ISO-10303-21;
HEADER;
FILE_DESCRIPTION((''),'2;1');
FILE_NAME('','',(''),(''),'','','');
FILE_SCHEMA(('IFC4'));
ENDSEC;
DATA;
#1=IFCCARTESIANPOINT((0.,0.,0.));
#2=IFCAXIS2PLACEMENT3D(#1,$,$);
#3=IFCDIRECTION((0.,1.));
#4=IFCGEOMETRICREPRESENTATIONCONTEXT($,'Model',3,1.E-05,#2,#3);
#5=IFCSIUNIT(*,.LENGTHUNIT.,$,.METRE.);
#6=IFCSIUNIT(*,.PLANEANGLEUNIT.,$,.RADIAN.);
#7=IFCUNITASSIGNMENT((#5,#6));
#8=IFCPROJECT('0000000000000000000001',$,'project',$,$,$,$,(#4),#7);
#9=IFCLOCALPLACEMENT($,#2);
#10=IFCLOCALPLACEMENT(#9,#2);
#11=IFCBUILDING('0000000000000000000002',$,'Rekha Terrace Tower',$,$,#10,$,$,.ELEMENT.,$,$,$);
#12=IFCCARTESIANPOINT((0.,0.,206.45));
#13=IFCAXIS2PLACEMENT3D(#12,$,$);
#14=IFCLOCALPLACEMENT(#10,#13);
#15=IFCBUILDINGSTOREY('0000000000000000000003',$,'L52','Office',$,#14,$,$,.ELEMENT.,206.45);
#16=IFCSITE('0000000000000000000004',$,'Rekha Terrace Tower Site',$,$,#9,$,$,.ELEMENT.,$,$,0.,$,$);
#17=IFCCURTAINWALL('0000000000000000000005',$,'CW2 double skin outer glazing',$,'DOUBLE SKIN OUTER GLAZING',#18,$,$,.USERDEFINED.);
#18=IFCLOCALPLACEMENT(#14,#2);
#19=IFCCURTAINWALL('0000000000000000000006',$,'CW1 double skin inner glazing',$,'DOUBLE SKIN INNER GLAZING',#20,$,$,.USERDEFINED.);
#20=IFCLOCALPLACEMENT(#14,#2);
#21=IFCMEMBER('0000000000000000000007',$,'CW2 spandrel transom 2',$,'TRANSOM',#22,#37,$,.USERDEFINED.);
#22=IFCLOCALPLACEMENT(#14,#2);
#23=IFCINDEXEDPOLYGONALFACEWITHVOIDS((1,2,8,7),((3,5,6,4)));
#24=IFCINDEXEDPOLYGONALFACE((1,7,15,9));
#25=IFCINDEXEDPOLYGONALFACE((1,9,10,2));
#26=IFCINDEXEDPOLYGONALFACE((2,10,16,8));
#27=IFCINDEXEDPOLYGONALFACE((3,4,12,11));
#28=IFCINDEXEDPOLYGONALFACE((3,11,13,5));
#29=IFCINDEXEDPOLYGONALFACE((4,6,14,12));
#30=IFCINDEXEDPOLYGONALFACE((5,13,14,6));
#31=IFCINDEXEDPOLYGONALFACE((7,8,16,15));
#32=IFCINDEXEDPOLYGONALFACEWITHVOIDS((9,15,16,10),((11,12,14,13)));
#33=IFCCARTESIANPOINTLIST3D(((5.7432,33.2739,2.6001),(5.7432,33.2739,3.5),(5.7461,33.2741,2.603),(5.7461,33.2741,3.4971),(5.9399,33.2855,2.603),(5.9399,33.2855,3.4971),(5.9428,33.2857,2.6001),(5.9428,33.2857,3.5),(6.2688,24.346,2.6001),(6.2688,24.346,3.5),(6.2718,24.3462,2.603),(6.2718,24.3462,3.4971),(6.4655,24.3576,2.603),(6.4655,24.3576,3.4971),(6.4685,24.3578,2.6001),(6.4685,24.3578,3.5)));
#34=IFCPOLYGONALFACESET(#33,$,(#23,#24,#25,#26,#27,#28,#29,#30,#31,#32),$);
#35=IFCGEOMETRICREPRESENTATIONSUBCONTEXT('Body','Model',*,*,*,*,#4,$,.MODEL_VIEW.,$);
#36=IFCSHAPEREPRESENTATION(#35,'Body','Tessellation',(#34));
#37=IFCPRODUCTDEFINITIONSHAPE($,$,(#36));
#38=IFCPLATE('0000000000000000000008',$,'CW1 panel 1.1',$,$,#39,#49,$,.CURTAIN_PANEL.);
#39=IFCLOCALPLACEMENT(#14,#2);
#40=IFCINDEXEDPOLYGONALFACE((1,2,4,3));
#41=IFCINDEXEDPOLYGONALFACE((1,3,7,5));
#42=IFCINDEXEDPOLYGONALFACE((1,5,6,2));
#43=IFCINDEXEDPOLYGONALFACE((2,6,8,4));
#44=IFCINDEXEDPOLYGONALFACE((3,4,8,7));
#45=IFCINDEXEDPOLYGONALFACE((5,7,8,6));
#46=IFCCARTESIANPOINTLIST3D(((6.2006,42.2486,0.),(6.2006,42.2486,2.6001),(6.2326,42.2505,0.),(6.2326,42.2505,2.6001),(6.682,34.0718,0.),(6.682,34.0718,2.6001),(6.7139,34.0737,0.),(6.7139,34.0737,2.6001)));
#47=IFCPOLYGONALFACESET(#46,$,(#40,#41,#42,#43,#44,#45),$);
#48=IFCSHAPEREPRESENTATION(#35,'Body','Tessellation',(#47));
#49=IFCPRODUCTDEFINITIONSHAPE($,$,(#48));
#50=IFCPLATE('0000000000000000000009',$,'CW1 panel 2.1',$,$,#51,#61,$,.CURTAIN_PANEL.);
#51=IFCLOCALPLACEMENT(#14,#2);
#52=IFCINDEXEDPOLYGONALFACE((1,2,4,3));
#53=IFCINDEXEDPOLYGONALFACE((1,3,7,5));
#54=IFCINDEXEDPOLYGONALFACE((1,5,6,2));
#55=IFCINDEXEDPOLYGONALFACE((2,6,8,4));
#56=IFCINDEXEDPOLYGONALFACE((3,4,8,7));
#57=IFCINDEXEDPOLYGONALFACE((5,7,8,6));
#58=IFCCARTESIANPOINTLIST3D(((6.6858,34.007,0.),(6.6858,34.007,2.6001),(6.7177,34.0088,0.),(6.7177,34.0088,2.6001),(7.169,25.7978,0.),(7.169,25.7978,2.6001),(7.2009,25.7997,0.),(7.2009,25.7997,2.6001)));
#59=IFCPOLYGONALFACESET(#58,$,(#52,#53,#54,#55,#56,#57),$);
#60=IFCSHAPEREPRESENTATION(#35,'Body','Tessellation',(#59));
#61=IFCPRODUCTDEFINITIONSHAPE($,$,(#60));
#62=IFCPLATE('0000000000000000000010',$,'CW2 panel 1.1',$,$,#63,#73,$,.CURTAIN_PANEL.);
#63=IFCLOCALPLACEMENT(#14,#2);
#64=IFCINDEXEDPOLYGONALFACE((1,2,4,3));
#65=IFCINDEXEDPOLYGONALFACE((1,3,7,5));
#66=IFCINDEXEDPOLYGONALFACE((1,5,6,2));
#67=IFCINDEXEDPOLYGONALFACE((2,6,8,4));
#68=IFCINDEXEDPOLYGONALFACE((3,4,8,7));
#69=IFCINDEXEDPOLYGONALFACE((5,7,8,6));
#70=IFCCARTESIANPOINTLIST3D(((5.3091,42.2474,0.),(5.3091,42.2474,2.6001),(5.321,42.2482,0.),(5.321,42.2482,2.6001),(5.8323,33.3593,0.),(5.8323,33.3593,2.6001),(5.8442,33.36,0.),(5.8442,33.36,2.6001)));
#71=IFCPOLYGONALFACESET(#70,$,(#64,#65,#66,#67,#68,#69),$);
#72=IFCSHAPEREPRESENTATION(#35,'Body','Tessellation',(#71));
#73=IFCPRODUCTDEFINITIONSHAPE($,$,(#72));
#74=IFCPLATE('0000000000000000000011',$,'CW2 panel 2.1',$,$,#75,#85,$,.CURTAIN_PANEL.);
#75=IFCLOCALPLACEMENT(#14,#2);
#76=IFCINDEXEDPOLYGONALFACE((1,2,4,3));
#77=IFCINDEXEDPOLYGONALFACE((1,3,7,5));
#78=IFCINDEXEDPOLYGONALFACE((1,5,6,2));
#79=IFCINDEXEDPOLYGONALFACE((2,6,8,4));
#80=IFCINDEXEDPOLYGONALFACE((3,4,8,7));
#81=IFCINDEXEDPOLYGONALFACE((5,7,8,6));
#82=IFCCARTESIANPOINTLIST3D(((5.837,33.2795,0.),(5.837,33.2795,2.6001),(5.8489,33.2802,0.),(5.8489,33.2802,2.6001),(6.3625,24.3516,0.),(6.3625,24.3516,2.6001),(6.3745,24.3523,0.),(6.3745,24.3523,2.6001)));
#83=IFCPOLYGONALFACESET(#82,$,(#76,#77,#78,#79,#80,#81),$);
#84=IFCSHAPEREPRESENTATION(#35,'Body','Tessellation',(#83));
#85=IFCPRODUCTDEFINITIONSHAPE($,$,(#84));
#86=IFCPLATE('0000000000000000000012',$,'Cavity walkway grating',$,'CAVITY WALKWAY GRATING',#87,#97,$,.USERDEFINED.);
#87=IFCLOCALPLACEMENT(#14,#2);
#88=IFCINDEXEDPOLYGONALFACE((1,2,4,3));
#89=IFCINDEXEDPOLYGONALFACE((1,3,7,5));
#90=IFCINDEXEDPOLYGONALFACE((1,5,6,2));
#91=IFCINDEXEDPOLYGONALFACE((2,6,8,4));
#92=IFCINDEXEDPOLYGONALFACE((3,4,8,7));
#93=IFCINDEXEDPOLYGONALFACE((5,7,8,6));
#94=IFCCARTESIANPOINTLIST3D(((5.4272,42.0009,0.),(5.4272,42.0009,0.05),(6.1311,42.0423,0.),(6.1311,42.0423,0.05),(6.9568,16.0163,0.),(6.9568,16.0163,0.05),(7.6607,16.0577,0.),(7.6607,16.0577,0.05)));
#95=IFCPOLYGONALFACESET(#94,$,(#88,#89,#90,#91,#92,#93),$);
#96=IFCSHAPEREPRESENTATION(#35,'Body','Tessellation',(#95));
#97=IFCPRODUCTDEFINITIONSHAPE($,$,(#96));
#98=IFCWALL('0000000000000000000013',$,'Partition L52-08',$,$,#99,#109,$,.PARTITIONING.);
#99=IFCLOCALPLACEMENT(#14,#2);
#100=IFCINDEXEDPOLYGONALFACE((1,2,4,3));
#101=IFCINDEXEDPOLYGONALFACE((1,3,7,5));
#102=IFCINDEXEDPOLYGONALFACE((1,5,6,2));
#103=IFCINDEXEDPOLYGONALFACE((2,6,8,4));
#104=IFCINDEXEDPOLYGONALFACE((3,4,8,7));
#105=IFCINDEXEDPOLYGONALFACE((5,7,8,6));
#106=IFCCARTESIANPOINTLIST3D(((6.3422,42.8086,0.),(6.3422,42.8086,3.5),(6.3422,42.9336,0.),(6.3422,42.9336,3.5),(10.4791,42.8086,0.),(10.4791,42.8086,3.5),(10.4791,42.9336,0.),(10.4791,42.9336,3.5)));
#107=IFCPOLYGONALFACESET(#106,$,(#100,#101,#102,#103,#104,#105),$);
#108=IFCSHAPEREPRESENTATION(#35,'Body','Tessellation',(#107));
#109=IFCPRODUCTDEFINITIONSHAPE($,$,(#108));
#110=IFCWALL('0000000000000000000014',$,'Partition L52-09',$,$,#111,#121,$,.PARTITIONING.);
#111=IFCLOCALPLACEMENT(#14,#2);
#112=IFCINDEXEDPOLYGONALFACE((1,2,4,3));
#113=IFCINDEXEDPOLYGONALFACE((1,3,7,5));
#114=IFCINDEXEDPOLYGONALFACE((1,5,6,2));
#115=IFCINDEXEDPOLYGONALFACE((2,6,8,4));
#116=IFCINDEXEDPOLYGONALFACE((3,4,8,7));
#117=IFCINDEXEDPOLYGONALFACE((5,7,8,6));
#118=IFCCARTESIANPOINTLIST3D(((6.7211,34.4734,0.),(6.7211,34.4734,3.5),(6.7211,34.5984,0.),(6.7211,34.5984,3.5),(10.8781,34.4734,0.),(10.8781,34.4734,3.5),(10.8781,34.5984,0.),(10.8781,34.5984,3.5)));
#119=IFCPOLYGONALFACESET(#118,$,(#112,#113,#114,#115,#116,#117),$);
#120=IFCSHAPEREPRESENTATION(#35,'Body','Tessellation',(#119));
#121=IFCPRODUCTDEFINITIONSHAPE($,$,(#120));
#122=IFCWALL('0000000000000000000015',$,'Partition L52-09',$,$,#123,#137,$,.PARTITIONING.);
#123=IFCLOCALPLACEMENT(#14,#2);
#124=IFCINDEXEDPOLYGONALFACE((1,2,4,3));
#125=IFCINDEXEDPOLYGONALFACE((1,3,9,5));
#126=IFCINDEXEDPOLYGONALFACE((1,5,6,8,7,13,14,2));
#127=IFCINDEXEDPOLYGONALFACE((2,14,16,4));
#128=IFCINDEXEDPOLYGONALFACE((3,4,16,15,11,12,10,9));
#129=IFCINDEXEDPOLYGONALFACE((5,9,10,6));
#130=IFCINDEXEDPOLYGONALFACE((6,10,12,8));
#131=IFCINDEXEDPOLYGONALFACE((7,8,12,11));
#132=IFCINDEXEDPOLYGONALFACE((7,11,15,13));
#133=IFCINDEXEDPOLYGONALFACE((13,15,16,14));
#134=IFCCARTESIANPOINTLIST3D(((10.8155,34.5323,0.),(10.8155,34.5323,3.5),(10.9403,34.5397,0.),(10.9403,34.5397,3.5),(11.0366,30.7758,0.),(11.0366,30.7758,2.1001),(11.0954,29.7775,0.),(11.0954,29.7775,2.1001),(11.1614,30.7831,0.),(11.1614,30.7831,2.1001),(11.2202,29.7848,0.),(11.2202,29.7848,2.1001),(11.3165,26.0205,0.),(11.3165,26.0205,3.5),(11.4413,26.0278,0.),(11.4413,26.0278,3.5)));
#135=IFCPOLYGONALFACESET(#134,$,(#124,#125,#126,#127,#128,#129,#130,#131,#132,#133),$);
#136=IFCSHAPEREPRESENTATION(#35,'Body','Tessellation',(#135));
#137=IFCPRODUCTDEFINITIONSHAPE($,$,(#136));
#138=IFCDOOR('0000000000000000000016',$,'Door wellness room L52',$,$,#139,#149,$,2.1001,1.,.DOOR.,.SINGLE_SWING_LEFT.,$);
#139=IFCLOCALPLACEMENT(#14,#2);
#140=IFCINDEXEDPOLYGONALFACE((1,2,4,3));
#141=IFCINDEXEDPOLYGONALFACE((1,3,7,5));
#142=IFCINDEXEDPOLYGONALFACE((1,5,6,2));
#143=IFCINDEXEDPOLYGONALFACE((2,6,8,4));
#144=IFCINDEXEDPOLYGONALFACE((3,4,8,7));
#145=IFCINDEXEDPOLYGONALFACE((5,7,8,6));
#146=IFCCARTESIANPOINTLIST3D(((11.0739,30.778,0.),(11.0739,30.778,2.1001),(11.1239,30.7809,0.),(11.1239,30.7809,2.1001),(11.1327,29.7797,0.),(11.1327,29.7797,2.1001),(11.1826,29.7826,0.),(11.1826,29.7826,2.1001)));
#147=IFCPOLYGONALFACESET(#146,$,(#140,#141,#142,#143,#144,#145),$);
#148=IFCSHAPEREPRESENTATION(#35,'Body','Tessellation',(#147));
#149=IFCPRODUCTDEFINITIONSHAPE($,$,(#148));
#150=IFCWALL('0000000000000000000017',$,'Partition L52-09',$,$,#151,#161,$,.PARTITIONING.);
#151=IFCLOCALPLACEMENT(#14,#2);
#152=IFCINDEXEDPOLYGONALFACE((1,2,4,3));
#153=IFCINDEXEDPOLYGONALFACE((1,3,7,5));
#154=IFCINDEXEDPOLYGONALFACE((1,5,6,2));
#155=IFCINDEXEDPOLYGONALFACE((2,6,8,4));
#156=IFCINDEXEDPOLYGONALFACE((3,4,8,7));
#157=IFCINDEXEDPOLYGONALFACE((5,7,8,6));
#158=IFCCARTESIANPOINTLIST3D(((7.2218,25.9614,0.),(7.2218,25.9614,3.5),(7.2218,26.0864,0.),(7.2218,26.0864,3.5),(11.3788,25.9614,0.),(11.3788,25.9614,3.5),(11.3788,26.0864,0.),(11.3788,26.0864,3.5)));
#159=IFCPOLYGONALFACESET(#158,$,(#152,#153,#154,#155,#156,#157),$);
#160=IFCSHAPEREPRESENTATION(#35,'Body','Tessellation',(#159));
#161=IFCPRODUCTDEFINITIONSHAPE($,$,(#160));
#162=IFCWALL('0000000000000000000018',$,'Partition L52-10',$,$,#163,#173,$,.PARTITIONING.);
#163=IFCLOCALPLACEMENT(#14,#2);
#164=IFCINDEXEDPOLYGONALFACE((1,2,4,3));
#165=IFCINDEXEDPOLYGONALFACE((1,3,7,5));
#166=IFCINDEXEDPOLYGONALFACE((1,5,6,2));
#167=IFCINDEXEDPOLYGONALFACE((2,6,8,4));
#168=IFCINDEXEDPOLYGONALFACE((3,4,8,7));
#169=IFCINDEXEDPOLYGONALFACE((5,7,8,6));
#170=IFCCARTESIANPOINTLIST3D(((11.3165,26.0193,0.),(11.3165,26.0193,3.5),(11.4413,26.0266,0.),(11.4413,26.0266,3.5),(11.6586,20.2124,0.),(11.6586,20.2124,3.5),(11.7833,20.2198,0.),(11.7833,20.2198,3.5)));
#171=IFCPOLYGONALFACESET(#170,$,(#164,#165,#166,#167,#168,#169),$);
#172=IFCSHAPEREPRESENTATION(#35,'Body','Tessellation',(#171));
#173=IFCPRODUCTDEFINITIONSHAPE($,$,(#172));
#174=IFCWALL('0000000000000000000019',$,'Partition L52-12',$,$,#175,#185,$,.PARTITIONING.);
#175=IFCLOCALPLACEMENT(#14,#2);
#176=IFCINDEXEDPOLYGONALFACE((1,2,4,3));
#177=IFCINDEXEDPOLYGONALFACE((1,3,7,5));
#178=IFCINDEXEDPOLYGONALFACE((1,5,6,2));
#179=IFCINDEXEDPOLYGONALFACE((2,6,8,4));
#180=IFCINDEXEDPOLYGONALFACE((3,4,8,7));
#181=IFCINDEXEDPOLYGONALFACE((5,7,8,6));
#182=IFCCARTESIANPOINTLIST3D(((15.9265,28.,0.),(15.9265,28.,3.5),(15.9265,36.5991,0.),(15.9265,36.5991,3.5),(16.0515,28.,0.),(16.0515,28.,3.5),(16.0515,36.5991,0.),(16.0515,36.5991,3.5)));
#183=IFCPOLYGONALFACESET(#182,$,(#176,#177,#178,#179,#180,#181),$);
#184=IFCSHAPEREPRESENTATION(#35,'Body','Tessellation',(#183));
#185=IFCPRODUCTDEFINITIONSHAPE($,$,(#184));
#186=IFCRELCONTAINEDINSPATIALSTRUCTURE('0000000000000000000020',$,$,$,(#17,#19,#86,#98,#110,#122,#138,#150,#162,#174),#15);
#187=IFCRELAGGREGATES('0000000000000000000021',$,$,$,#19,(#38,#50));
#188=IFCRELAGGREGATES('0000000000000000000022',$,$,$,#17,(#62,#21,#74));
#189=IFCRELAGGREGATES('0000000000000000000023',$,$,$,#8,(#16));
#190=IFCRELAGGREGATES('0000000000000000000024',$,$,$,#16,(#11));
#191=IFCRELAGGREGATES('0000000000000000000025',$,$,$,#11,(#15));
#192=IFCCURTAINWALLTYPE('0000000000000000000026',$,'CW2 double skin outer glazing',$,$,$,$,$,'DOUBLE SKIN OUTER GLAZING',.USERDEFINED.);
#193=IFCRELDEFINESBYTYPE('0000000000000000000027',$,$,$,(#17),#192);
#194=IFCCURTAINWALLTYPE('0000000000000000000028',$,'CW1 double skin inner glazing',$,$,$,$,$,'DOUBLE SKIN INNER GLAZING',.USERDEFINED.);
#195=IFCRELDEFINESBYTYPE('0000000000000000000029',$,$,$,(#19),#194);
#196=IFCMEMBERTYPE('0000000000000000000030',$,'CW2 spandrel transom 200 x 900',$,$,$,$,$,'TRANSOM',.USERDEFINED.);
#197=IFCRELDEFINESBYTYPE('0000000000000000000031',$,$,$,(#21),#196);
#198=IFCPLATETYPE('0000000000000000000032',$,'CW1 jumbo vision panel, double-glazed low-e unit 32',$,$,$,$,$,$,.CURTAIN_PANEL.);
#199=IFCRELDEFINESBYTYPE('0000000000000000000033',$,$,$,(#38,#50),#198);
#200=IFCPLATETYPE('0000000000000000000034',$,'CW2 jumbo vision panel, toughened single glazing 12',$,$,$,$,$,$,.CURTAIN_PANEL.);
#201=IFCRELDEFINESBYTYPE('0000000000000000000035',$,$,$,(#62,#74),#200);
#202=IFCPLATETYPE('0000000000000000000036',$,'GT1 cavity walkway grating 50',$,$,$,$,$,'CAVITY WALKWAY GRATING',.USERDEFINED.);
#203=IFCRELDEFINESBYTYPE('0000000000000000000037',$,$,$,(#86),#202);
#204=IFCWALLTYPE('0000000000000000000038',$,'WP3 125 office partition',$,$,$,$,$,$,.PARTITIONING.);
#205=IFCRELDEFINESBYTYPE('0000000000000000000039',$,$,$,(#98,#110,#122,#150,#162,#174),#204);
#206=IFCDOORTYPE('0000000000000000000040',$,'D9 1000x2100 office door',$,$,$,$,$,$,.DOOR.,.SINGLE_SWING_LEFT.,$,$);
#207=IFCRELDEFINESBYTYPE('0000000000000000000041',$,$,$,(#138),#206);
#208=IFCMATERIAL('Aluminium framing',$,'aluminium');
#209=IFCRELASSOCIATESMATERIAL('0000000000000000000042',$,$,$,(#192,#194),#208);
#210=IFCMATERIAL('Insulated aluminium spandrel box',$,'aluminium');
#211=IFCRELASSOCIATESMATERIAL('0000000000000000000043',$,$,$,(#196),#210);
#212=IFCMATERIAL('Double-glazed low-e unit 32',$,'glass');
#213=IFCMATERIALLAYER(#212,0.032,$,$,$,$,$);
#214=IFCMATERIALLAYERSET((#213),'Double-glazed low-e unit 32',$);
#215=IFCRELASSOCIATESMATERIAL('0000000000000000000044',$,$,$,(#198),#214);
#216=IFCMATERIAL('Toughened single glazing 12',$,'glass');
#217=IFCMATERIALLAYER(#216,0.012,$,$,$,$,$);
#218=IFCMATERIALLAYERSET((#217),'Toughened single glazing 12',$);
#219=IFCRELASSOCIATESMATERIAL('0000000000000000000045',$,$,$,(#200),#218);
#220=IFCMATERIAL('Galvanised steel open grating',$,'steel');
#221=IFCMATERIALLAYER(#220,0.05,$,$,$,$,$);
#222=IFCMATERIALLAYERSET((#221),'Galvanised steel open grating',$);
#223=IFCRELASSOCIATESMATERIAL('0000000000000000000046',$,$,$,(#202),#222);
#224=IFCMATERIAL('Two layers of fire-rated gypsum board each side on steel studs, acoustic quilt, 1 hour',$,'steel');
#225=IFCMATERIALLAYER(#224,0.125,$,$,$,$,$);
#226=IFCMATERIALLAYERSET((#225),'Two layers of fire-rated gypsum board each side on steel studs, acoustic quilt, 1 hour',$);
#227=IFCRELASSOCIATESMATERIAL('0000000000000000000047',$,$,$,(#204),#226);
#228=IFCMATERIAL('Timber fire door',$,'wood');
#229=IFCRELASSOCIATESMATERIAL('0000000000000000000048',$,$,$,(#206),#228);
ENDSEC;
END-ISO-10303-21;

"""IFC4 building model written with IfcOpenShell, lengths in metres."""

from ifc_helpers import new_model, si_unit, direction, frame, frame_2d, origin, origin_2d, place, context, subcontext, project, spatial, rectangle, hollow_rectangle, extrude, material, layer, layer_set, material_profile, profile_set, type_object, element, fill, aggregate, save


model = new_model("IFC4")

# Units and contexts
model_context = context("Model", 3, precision=1e-05, world=origin(), true_north=direction((0.0, 1.0)))
body_context = subcontext(model_context, "Body", "Model", "MODEL_VIEW")
ifc_project = project(units=[si_unit("LENGTHUNIT", "METRE"), si_unit("PLANEANGLEUNIT", "RADIAN")], contexts=[model_context])

# Site, building, storey
site_placement = place(None, origin())
site = spatial("IfcSite", under=ifc_project, at=site_placement, Name="Rekha Terrace Tower Site", CompositionType="ELEMENT", RefElevation=0.0)
building_placement = place(site_placement, origin())
building = spatial("IfcBuilding", under=site, at=building_placement, Name="Rekha Terrace Tower", CompositionType="ELEMENT")
storey_placement = place(building_placement, frame((0.0, 0.0, 206.45)))
storey = spatial("IfcBuildingStorey", under=building, at=storey_placement, Name="L52", Description="Office", CompositionType="ELEMENT", Elevation=206.45)

# Curtain wall
ifc_material_1 = material(Name="Aluminium framing", Category="aluminium")
curtain_wall_type_1 = type_object("IfcCurtainWallType", Name="CW2 double skin outer glazing", ElementType="DOUBLE SKIN OUTER GLAZING", PredefinedType="USERDEFINED", material=ifc_material_1)
curtain_wall_1_placement = place(storey_placement, origin())
curtain_wall_1 = element("IfcCurtainWall", 1, at=curtain_wall_1_placement, inside=storey, type_object=curtain_wall_type_1, Name="CW2 double skin outer glazing", ObjectType="DOUBLE SKIN OUTER GLAZING", PredefinedType="USERDEFINED")

# Curtain wall
curtain_wall_type_2 = type_object("IfcCurtainWallType", Name="CW1 double skin inner glazing", ElementType="DOUBLE SKIN INNER GLAZING", PredefinedType="USERDEFINED", material=ifc_material_1)
curtain_wall_2_placement = place(storey_placement, origin())
curtain_wall_2 = element("IfcCurtainWall", 2, at=curtain_wall_2_placement, inside=storey, type_object=curtain_wall_type_2, Name="CW1 double skin inner glazing", ObjectType="DOUBLE SKIN INNER GLAZING", PredefinedType="USERDEFINED")
ifc_material_2 = material(Name="Insulated aluminium spandrel box", Category="aluminium")

# Member
ifc_material_profile_1 = material_profile(ifc_material_2, hollow_rectangle(XDim=0.2, YDim=0.8999, WallThickness=0.0029, at=origin_2d()), Name="AL SPANDREL BOX 200x900")
ifc_profile_set_1 = profile_set([ifc_material_profile_1], Name="Insulated aluminium spandrel box")
member_type_1 = type_object("IfcMemberType", Name="CW2 spandrel transom 200 x 900", ElementType="TRANSOM", PredefinedType="USERDEFINED", material=ifc_profile_set_1)
member_1_placement = place(storey_placement, frame((5.843, 33.2798, 3.05), z_axis=(0.058773, -0.998271, 0.0), x_axis=(0.998271, 0.058773, 0.0)))
member_1 = element("IfcMember", 3, at=member_1_placement, type_object=member_type_1, Name="CW2 spandrel transom 2", ObjectType="TRANSOM", PredefinedType="USERDEFINED", context=body_context, shape_type="SweptSolid", body=[
    extrude(hollow_rectangle(XDim=0.2, YDim=0.8999, WallThickness=0.0029, at=origin_2d()), origin(), (0.0, 0.0, 1.0), 8.9434),
])

# Plates
ifc_material_3 = material(Name="Double-glazed low-e unit 32", Category="glass")
ifc_layer_1 = layer(ifc_material_3, 0.032)
ifc_layer_set_1 = layer_set([ifc_layer_1], Name="Double-glazed low-e unit 32")
plate_type_1 = type_object("IfcPlateType", Name="CW1 jumbo vision panel, double-glazed low-e unit 32", PredefinedType="CURTAIN_PANEL", material=ifc_layer_set_1)
plate_1_placement = place(storey_placement, frame((6.4573, 38.1611, 0.0), z_axis=(0.0, 0.0, 1.0), x_axis=(0.058765, -0.998272, 0.0)))
plate_1 = element("IfcPlate", 4, at=plate_1_placement, type_object=plate_type_1, Name="CW1 panel 1.1", PredefinedType="CURTAIN_PANEL", context=body_context, shape_type="SweptSolid", body=[
    extrude(rectangle(XDim=8.1909, YDim=0.032, at=origin_2d()), origin(), (0.0, 0.0, 1.0), 2.6001),
])
plate_2_placement = place(storey_placement, frame((6.9434, 29.9033, 0.0), z_axis=(0.0, 0.0, 1.0), x_axis=(0.058765, -0.998272, 0.0)))
plate_2 = element("IfcPlate", 5, at=plate_2_placement, type_object=plate_type_1, Name="CW1 panel 2.1", PredefinedType="CURTAIN_PANEL", context=body_context, shape_type="SweptSolid", body=[
    extrude(rectangle(XDim=8.2234, YDim=0.032, at=origin_2d()), origin(), (0.0, 0.0, 1.0), 2.6001),
])
aggregate(curtain_wall_2, [plate_1, plate_2])
ifc_material_4 = material(Name="Toughened single glazing 12", Category="glass")
ifc_layer_2 = layer(ifc_material_4, 0.012)
ifc_layer_set_2 = layer_set([ifc_layer_2], Name="Toughened single glazing 12")
plate_type_2 = type_object("IfcPlateType", Name="CW2 jumbo vision panel, toughened single glazing 12", PredefinedType="CURTAIN_PANEL", material=ifc_layer_set_2)
plate_3_placement = place(storey_placement, frame((5.5767, 37.8037, 0.0), z_axis=(0.0, 0.0, 1.0), x_axis=(0.058765, -0.998272, 0.0)))
plate_3 = element("IfcPlate", 6, at=plate_3_placement, type_object=plate_type_2, Name="CW2 panel 1.1", PredefinedType="CURTAIN_PANEL", context=body_context, shape_type="SweptSolid", body=[
    extrude(rectangle(XDim=8.9036, YDim=0.012, at=origin_2d()), origin(), (0.0, 0.0, 1.0), 2.6001),
])
plate_4_placement = place(storey_placement, frame((6.1057, 28.8159, 0.0), z_axis=(0.0, 0.0, 1.0), x_axis=(0.058765, -0.998272, 0.0)))
plate_4 = element("IfcPlate", 7, at=plate_4_placement, type_object=plate_type_2, Name="CW2 panel 2.1", PredefinedType="CURTAIN_PANEL", context=body_context, shape_type="SweptSolid", body=[
    extrude(rectangle(XDim=8.9434, YDim=0.012, at=origin_2d()), origin(), (0.0, 0.0, 1.0), 2.6001),
])
aggregate(curtain_wall_1, [plate_3, member_1, plate_4])
ifc_material_5 = material(Name="Galvanised steel open grating", Category="steel")
ifc_layer_3 = layer(ifc_material_5, 0.05)
ifc_layer_set_3 = layer_set([ifc_layer_3], Name="Galvanised steel open grating")
plate_type_3 = type_object("IfcPlateType", Name="GT1 cavity walkway grating 50", ElementType="CAVITY WALKWAY GRATING", PredefinedType="USERDEFINED", material=ifc_layer_set_3)
plate_5_placement = place(storey_placement, frame((6.5439, 29.0293, 0.0), z_axis=(0.0, 0.0, 1.0), x_axis=(0.058765, -0.998272, 0.0)))
element("IfcPlate", 8, at=plate_5_placement, inside=storey, type_object=plate_type_3, Name="Cavity walkway grating", ObjectType="CAVITY WALKWAY GRATING", PredefinedType="USERDEFINED", context=body_context, shape_type="SweptSolid", body=[
    extrude(rectangle(XDim=26.0295, YDim=0.7051, at=origin_2d()), origin(), (0.0, 0.0, 1.0), 0.05),
])

# Walls
ifc_material_6 = material(Name="Two layers of fire-rated gypsum board each side on steel studs, acoustic quilt, 1 hour", Category="steel")
ifc_layer_4 = layer(ifc_material_6, 0.125)
ifc_layer_set_4 = layer_set([ifc_layer_4], Name="Two layers of fire-rated gypsum board each side on steel studs, acoustic quilt, 1 hour")
wall_type = type_object("IfcWallType", Name="WP3 125 office partition", PredefinedType="PARTITIONING", material=ifc_layer_set_4)
wall_1_placement = place(storey_placement, frame((10.479, 42.8711, 0.0), z_axis=(0.0, 0.0, 1.0), x_axis=(-1.0, 0.0, 0.0)))
element("IfcWall", 9, at=wall_1_placement, inside=storey, type_object=wall_type, Name="Partition L52-08", PredefinedType="PARTITIONING", context=body_context, shape_type="SweptSolid", body=[
    extrude(rectangle(XDim=4.137, YDim=0.125, at=frame_2d((2.0684, 0.0))), origin(), (0.0, 0.0, 1.0), 3.5),
])
wall_2_placement = place(storey_placement, frame((6.7209, 34.5359, 0.0), z_axis=(0.0, 0.0, 1.0), x_axis=(1.0, 0.0, 0.0)))
element("IfcWall", 10, at=wall_2_placement, inside=storey, type_object=wall_type, Name="Partition L52-09", PredefinedType="PARTITIONING", context=body_context, shape_type="SweptSolid", body=[
    extrude(rectangle(XDim=4.157, YDim=0.125, at=frame_2d((2.0786, 0.0))), origin(), (0.0, 0.0, 1.0), 3.5),
])

# Wall, opening, door
wall_3_placement = place(storey_placement, frame((10.8779, 34.5359, 0.0), z_axis=(0.0, 0.0, 1.0), x_axis=(0.058754, -0.998272, 0.0)))
wall_3 = element("IfcWall", 11, at=wall_3_placement, inside=storey, type_object=wall_type, Name="Partition L52-09", PredefinedType="PARTITIONING", context=body_context, shape_type="SweptSolid", body=[
    extrude(rectangle(XDim=8.5266, YDim=0.125, at=frame_2d((4.2632, 0.0))), origin(), (0.0, 0.0, 1.0), 3.5),
])
opening_placement = place(wall_3_placement, frame((3.7629, 0.0, 0.0)))
opening = element("IfcOpeningElement", 12, at=opening_placement, cuts=wall_3, PredefinedType="OPENING", context=body_context, shape_type="SweptSolid", body=[
    extrude(rectangle(XDim=1.0, YDim=2.1001, at=frame_2d((0.5, 1.05))), frame((0.0, 0.0725, 0.0), z_axis=(0.0, -1.0, 0.0), x_axis=(1.0, 0.0, 0.0)), (0.0, 0.0, 1.0), 0.145),
])
ifc_material_7 = material(Name="Timber fire door", Category="wood")
door_type = type_object("IfcDoorType", Name="D9 1000x2100 office door", OperationType="SINGLE_SWING_LEFT", PredefinedType="DOOR", material=ifc_material_7)
door_placement = place(opening_placement, origin())
door = element("IfcDoor", 13, at=door_placement, inside=storey, type_object=door_type, Name="Door wellness room L52", OperationType="SINGLE_SWING_LEFT", OverallHeight=2.1001, OverallWidth=1.0, PredefinedType="DOOR", context=body_context, shape_type="SweptSolid", body=[
    extrude(rectangle(XDim=1.0, YDim=2.1001, at=frame_2d((0.5, 1.05))), frame((0.0, 0.0249, 0.0), z_axis=(0.0, -1.0, 0.0), x_axis=(1.0, 0.0, 0.0)), (0.0, 0.0, 1.0), 0.05),
])
fill(opening, door)

# Walls
wall_4_placement = place(storey_placement, frame((11.3789, 26.0239, 0.0), z_axis=(0.0, 0.0, 1.0), x_axis=(-1.0, 0.0, 0.0)))
element("IfcWall", 14, at=wall_4_placement, inside=storey, type_object=wall_type, Name="Partition L52-09", PredefinedType="PARTITIONING", context=body_context, shape_type="SweptSolid", body=[
    extrude(rectangle(XDim=4.157, YDim=0.125, at=frame_2d((2.0786, 0.0))), origin(), (0.0, 0.0, 1.0), 3.5),
])
wall_5_placement = place(storey_placement, frame((11.3789, 26.0229, 0.0), z_axis=(0.0, 0.0, 1.0), x_axis=(0.058801, -0.99827, 0.0)))
element("IfcWall", 15, at=wall_5_placement, inside=storey, type_object=wall_type, Name="Partition L52-10", PredefinedType="PARTITIONING", context=body_context, shape_type="SweptSolid", body=[
    extrude(rectangle(XDim=5.8169, YDim=0.125, at=frame_2d((2.9084, 0.0))), origin(), (0.0, 0.0, 1.0), 3.5),
])
wall_6_placement = place(storey_placement, frame((15.989, 28.0, 0.0), z_axis=(0.0, 0.0, 1.0), x_axis=(0.0, 1.0, 0.0)))
element("IfcWall", 16, at=wall_6_placement, inside=storey, type_object=wall_type, Name="Partition L52-12", PredefinedType="PARTITIONING", context=body_context, shape_type="SweptSolid", body=[
    extrude(rectangle(XDim=8.5991, YDim=0.125, at=frame_2d((4.2996, 0.0))), origin(), (0.0, 0.0, 1.0), 3.5),
])

save(model, "model.ifc")
